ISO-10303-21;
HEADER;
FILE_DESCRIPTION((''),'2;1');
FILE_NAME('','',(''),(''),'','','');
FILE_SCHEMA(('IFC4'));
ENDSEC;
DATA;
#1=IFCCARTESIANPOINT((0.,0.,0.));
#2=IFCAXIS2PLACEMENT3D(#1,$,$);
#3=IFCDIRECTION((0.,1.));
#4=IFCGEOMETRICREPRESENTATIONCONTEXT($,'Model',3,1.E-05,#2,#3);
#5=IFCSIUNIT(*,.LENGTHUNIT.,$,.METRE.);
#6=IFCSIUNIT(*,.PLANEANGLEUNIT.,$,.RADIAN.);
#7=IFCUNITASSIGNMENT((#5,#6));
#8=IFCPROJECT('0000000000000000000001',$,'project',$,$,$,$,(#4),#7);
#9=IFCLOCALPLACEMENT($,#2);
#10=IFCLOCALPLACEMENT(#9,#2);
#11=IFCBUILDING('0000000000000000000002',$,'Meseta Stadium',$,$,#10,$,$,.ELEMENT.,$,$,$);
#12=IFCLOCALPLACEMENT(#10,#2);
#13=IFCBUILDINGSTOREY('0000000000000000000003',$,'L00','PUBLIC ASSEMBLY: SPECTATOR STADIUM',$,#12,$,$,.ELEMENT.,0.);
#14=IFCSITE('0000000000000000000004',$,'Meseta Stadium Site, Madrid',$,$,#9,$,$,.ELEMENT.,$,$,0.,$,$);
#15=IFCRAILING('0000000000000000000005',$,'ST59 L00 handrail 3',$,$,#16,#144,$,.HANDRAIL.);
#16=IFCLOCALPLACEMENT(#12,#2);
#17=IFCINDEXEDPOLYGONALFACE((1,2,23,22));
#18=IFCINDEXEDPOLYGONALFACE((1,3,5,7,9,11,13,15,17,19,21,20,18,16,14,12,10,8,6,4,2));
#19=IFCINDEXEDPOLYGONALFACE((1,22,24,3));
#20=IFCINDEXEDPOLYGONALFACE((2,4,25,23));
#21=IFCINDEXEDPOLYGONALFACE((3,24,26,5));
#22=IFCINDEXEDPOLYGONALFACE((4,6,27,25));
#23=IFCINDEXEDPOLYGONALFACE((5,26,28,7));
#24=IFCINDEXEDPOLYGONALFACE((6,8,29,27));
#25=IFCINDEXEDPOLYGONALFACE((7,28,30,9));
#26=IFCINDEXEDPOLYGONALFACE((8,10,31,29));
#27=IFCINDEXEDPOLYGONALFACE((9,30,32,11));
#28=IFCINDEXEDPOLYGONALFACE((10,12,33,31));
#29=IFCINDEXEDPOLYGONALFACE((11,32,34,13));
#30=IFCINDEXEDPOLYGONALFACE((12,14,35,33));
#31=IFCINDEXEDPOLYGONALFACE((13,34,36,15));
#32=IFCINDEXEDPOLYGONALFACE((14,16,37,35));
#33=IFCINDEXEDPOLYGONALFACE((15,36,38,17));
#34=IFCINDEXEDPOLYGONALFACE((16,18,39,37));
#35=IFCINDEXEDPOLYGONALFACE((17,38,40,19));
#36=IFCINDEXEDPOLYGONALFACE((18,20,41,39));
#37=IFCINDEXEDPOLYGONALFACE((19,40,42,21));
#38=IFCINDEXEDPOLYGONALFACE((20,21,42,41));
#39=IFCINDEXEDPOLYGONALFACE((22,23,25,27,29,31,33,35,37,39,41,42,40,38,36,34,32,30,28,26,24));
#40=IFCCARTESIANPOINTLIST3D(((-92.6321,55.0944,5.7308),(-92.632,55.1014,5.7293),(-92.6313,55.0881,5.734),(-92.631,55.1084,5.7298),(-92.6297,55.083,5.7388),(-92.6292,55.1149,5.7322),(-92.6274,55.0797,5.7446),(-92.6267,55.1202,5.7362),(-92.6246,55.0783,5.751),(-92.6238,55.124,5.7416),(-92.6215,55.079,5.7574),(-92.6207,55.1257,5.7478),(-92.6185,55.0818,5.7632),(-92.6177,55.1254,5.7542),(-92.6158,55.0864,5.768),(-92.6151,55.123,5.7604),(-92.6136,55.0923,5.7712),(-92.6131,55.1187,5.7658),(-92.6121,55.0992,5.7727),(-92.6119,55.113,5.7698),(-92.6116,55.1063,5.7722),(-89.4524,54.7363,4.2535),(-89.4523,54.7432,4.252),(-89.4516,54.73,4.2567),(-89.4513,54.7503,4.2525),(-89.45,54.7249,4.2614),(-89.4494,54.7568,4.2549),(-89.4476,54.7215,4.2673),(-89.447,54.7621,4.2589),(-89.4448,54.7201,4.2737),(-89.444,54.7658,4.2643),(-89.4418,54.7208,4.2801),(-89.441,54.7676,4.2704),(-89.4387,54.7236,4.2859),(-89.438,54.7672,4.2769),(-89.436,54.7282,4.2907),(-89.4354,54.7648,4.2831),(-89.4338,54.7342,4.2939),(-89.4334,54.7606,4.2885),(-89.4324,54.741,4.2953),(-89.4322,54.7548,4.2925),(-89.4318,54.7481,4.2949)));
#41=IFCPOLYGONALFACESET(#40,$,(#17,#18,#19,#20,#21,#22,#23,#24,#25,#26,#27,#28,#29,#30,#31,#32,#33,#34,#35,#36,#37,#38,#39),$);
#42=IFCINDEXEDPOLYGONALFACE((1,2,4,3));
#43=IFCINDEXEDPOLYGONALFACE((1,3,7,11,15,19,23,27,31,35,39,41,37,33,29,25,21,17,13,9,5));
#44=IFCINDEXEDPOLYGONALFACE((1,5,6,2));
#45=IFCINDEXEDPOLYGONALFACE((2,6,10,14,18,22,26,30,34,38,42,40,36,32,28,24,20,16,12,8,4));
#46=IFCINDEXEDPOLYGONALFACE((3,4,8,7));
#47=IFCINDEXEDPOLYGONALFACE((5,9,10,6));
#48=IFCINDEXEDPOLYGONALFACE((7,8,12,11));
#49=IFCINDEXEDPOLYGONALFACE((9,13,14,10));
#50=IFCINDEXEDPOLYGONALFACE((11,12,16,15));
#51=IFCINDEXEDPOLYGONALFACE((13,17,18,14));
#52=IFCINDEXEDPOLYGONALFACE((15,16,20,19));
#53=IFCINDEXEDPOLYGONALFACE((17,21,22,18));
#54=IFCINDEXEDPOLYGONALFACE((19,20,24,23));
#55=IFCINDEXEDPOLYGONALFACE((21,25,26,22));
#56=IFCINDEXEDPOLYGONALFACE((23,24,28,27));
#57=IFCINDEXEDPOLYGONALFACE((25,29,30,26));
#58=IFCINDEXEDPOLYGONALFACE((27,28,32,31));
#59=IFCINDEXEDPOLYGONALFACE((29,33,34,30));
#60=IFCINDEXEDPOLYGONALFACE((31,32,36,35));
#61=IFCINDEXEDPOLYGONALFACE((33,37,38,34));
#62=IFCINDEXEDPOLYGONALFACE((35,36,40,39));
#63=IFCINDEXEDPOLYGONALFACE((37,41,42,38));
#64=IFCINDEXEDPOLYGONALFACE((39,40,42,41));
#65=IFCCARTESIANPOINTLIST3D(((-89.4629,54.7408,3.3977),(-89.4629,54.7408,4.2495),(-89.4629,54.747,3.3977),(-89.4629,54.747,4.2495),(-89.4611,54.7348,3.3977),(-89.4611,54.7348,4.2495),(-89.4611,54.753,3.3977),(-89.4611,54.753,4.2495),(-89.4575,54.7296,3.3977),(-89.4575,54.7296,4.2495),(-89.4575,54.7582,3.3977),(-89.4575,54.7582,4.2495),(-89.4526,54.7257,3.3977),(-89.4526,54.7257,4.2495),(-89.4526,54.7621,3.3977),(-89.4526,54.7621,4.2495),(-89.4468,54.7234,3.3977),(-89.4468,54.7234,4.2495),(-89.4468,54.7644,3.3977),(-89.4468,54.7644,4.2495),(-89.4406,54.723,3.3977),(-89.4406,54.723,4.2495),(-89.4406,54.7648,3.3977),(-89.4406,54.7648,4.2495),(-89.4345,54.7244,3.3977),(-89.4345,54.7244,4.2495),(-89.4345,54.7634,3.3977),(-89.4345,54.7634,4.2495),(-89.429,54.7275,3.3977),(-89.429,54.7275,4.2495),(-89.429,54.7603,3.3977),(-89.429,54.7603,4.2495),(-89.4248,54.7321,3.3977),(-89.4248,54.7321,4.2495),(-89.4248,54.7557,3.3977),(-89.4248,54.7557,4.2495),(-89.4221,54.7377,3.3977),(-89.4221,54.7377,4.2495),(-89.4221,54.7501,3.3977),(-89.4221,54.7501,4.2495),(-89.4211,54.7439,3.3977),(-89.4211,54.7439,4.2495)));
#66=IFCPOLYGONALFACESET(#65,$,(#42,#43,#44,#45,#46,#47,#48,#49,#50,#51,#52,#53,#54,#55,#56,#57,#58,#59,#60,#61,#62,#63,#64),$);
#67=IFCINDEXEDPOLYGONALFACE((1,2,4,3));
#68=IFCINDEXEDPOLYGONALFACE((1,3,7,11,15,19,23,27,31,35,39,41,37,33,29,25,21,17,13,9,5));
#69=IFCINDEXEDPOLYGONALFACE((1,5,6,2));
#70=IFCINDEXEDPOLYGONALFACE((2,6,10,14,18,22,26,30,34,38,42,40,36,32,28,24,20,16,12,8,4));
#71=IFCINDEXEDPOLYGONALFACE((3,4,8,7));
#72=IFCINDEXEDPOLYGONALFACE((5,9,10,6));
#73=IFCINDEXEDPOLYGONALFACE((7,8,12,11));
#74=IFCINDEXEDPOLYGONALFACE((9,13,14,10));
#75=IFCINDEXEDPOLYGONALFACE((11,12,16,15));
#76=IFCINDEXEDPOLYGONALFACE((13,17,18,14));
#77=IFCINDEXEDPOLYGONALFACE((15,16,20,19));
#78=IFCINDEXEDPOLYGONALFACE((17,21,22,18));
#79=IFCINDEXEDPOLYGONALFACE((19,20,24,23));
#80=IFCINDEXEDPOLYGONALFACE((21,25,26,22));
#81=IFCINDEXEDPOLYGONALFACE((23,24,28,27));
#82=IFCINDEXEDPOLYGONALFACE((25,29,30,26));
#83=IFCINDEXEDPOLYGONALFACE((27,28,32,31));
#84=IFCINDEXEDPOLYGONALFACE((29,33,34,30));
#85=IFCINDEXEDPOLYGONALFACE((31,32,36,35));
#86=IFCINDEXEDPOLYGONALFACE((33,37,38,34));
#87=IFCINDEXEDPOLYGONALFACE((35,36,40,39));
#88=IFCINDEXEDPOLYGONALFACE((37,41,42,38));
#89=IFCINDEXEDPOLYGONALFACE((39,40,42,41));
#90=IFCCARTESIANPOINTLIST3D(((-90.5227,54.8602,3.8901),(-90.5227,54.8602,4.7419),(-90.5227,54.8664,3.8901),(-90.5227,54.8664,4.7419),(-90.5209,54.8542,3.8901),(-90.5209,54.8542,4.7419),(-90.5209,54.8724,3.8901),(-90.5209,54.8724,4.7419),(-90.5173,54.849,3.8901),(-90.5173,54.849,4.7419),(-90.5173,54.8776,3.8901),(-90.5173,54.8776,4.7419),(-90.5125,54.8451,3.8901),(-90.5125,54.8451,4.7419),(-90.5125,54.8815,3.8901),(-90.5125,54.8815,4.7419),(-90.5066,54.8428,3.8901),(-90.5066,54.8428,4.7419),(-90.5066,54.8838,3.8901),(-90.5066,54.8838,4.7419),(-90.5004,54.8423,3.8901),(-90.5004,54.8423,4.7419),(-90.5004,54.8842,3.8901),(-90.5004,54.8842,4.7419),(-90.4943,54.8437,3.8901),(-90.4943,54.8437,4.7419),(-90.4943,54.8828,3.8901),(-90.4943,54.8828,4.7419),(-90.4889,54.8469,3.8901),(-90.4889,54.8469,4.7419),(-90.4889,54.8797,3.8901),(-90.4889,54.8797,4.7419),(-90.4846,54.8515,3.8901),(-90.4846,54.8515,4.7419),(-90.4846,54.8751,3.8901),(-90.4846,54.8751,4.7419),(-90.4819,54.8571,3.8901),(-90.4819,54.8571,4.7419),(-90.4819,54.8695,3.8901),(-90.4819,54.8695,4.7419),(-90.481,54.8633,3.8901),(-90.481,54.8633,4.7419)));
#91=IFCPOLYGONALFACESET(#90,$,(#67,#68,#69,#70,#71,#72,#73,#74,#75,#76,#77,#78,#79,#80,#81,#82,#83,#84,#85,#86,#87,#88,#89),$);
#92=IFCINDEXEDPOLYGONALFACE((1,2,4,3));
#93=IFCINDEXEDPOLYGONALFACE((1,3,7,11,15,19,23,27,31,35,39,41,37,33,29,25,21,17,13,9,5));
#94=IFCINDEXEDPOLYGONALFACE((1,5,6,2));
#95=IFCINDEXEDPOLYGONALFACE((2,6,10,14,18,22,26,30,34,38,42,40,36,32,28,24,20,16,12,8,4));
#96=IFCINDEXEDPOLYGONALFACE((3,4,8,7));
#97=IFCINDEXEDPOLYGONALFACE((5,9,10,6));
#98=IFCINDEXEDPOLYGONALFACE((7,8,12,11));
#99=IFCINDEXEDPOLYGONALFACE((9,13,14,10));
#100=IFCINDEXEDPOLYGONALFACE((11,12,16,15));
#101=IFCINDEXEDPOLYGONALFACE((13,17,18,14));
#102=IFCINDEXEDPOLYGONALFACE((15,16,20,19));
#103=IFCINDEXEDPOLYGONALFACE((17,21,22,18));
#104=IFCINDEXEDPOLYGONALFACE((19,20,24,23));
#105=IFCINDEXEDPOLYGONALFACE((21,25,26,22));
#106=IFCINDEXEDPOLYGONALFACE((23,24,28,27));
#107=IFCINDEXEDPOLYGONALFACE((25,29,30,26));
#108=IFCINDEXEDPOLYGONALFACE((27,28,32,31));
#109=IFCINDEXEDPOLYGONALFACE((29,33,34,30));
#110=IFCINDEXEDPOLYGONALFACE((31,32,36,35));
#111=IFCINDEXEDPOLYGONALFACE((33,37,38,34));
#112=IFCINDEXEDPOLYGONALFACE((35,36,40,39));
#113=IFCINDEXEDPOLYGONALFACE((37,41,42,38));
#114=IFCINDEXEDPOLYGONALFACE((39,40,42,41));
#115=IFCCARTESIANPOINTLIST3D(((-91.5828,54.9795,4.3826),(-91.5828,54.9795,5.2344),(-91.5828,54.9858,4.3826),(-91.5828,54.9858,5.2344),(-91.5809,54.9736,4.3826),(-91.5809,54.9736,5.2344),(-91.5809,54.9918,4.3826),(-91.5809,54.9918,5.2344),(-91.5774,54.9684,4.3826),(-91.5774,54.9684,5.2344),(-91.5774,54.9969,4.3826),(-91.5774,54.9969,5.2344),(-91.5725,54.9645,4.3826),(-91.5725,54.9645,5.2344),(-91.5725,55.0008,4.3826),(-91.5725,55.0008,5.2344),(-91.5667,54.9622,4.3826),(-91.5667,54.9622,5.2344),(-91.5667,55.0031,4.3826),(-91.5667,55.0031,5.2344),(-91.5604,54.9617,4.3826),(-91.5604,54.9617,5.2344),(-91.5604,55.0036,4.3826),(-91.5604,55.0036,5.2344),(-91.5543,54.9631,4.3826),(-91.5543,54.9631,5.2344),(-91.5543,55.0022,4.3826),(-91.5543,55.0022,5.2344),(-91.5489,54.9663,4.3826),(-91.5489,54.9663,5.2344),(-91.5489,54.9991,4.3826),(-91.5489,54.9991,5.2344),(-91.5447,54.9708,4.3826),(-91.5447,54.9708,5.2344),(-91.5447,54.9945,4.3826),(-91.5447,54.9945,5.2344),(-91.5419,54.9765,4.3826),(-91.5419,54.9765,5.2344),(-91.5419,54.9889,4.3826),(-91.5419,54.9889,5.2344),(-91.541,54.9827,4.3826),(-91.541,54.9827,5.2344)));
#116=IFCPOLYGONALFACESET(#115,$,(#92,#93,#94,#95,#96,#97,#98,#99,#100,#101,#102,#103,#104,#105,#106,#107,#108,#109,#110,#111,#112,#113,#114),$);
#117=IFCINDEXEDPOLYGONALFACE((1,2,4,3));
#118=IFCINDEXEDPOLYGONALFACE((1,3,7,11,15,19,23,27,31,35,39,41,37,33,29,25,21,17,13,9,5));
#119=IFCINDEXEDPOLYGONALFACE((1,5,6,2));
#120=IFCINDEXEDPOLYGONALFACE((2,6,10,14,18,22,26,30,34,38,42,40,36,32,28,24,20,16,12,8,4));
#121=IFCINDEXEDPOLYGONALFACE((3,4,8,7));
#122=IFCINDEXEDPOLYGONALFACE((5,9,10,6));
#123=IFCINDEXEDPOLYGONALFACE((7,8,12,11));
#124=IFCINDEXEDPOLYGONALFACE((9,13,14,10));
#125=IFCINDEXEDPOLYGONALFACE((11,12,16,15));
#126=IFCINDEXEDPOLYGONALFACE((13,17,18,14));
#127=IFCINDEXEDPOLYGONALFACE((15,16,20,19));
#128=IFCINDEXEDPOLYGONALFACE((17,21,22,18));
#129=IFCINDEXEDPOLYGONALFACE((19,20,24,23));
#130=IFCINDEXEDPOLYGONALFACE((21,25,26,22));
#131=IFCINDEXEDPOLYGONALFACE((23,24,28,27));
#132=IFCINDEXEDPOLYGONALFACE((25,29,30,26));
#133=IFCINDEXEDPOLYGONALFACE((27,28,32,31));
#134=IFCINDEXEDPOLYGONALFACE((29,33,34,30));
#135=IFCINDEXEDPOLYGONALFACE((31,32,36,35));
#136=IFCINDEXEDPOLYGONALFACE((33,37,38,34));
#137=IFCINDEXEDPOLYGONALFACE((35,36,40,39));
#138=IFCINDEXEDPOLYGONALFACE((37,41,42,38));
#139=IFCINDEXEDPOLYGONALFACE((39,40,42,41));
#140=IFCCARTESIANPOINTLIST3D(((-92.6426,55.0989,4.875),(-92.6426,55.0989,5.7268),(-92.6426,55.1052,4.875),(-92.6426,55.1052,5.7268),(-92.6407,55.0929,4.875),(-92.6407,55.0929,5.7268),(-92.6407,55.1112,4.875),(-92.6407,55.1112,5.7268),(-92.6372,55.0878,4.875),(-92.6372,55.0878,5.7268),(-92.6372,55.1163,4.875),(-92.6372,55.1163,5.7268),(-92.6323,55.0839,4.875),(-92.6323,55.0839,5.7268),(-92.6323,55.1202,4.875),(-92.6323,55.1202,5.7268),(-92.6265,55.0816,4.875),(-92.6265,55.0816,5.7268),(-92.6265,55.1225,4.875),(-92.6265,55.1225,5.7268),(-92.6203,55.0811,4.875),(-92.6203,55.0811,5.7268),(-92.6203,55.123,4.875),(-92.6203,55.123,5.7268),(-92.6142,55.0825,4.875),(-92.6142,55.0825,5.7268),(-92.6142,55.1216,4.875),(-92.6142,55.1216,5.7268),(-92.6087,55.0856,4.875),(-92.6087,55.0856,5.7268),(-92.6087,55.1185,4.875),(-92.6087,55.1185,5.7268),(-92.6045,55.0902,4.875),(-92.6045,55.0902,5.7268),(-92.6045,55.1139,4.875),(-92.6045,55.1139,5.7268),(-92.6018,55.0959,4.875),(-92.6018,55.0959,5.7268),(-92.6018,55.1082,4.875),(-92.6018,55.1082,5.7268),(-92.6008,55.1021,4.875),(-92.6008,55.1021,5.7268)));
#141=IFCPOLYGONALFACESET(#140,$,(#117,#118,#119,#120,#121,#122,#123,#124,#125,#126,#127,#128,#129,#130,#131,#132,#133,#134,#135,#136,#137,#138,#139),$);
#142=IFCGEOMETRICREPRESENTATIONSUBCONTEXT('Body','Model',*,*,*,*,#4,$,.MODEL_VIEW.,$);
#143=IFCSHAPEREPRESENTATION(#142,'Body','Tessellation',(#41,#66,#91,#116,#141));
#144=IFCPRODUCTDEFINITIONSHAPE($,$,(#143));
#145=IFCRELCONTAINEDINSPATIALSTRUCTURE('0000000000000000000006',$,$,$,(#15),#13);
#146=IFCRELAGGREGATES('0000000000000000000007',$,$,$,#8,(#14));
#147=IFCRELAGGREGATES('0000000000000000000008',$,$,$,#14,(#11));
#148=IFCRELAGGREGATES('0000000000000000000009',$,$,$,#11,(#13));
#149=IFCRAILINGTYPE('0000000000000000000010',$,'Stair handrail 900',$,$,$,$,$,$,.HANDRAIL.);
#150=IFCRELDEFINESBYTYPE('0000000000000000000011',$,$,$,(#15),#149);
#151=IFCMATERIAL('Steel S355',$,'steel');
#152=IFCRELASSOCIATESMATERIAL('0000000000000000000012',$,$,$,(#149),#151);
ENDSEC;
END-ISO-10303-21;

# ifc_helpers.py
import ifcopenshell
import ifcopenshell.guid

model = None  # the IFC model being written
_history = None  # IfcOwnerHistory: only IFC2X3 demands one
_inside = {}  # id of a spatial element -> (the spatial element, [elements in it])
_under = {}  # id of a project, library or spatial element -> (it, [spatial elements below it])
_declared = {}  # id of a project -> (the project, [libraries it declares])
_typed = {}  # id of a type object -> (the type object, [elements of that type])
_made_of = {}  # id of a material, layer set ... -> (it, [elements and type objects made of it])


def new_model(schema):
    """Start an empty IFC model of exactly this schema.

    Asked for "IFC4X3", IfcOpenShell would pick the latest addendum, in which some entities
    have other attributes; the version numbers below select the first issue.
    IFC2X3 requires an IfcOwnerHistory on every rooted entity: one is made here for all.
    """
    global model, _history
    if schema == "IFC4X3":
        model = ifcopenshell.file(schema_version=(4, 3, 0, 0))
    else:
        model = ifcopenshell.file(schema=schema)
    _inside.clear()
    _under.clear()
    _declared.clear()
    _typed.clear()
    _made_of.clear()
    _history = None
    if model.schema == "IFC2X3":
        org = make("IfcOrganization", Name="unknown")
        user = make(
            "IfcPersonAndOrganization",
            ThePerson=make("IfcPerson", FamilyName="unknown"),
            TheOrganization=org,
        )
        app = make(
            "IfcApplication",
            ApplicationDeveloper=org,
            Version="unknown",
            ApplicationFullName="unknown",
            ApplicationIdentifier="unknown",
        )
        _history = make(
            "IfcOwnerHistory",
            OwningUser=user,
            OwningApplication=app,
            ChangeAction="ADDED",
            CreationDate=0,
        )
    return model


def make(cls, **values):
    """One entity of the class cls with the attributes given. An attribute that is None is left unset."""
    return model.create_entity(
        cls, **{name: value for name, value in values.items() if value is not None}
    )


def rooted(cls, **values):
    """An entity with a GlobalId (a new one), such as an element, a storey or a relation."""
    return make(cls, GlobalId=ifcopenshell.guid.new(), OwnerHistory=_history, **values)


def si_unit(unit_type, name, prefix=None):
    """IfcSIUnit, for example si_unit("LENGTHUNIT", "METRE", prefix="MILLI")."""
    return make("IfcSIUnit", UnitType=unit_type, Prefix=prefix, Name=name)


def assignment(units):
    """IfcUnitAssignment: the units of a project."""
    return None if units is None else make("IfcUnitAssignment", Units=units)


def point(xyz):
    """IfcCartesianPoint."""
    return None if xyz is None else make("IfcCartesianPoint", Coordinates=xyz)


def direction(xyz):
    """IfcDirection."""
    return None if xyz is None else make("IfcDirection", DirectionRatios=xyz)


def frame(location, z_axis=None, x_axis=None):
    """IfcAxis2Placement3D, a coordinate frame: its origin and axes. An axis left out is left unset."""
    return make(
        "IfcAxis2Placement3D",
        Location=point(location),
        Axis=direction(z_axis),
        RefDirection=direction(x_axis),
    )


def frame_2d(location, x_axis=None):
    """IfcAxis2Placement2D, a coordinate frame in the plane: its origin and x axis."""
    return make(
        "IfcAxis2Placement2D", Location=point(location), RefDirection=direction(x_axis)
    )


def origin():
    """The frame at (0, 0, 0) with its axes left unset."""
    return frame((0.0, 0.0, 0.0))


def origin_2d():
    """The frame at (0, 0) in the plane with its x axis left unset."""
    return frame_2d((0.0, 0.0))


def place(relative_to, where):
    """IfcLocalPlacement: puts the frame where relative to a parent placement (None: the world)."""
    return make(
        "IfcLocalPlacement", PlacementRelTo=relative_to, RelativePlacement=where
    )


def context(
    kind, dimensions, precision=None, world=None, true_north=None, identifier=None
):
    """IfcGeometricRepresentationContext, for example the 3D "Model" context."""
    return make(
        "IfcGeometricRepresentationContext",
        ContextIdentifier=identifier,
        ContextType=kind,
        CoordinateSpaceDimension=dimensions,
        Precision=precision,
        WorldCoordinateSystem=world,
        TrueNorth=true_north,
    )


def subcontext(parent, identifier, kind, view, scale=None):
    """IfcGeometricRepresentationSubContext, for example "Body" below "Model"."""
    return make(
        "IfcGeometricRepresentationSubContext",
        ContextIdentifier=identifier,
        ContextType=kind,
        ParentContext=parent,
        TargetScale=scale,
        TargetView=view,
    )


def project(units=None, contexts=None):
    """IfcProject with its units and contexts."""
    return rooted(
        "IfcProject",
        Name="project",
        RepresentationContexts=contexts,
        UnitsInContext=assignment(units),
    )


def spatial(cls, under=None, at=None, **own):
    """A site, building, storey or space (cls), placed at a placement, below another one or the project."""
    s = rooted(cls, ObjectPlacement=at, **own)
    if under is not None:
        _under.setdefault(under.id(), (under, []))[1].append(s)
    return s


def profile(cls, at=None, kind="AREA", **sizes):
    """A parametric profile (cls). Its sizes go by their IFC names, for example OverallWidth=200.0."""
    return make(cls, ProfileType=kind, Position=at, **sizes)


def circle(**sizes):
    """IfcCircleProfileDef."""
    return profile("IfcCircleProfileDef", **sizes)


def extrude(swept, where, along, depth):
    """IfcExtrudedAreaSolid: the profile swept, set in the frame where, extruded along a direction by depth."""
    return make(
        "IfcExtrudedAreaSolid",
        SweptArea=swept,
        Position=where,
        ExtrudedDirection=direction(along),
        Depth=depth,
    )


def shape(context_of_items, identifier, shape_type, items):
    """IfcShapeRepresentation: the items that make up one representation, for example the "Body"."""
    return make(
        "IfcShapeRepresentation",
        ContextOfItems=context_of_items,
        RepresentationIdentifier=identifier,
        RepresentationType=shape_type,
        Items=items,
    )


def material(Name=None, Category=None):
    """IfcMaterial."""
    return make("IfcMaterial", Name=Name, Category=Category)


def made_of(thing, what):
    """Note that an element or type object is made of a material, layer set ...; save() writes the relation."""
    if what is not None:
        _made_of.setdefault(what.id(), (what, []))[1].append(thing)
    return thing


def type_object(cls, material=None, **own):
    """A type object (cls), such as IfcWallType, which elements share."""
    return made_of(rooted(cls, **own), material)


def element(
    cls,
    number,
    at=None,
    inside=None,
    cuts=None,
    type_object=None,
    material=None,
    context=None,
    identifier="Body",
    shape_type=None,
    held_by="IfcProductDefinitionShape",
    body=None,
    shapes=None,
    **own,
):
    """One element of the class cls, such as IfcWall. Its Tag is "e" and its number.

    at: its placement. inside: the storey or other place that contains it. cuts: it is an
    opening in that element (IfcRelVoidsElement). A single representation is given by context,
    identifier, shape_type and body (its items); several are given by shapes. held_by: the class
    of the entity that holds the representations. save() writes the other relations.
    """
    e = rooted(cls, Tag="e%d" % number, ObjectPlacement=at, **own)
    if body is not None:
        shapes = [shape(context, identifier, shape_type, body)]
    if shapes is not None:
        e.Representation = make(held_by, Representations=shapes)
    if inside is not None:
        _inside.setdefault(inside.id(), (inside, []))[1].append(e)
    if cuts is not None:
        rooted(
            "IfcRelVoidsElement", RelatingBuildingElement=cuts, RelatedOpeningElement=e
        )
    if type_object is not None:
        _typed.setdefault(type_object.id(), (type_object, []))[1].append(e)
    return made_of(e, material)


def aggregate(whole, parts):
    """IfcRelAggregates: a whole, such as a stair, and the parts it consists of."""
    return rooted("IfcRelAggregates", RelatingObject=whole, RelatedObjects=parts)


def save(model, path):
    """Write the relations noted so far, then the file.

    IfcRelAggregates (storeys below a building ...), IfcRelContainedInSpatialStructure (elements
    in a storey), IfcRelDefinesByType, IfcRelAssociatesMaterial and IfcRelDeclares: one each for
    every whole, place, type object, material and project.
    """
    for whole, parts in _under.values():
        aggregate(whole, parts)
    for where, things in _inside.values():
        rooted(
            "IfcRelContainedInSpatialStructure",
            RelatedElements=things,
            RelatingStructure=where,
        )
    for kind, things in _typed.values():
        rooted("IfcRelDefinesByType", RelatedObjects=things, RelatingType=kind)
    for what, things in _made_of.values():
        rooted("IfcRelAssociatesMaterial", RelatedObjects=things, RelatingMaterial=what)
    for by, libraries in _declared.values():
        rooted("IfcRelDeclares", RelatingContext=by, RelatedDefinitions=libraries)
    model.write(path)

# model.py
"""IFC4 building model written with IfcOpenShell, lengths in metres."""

from ifc_helpers import new_model, si_unit, direction, frame, origin, origin_2d, place, context, subcontext, project, spatial, circle, extrude, material, type_object, element, save


model = new_model("IFC4")

# Units and contexts
model_context = context("Model", 3, precision=1e-05, world=origin(), true_north=direction((0.0, 1.0)))
body_context = subcontext(model_context, "Body", "Model", "MODEL_VIEW")
ifc_project = project(units=[si_unit("LENGTHUNIT", "METRE"), si_unit("PLANEANGLEUNIT", "RADIAN")], contexts=[model_context])

# Site, building, storey
site_placement = place(None, origin())
site = spatial("IfcSite", under=ifc_project, at=site_placement, Name="Meseta Stadium Site, Madrid", CompositionType="ELEMENT", RefElevation=0.0)
building_placement = place(site_placement, origin())
building = spatial("IfcBuilding", under=site, at=building_placement, Name="Meseta Stadium", CompositionType="ELEMENT")
storey_placement = place(building_placement, origin())
storey = spatial("IfcBuildingStorey", under=building, at=storey_placement, Name="L00", Description="PUBLIC ASSEMBLY: SPECTATOR STADIUM", CompositionType="ELEMENT", Elevation=0.0)

# Railing
ifc_material_1 = material(Name="Steel S355", Category="steel")
railing_type_1 = type_object("IfcRailingType", Name="Stair handrail 900", PredefinedType="HANDRAIL", material=ifc_material_1)
for number, where, name in (
    (1, (-89.4421, 54.7439, 3.3977), "ST59 L00 handrail 3"),
):
    element("IfcRailing", number, at=place(storey_placement, frame(where)), inside=storey, type_object=railing_type_1, Name=name, PredefinedType="HANDRAIL", context=body_context, shape_type="SweptSolid", body=[
        extrude(circle(Radius=0.0239, at=origin_2d()), frame((0.0, 0.0, 0.876), z_axis=(-0.902204, 0.101623, 0.419167), x_axis=(-0.11193, -0.993716, 0.0)), (0.0, 0.0, 1.0), 3.5244),
        extrude(circle(Radius=0.021, at=origin_2d()), origin(), (0.0, 0.0, 1.0), 0.8518),
        extrude(circle(Radius=0.021, at=origin_2d()), frame((-1.0598, 0.1194, 0.4924)), (0.0, 0.0, 1.0), 0.8518),
        extrude(circle(Radius=0.021, at=origin_2d()), frame((-2.1199, 0.2388, 0.9849)), (0.0, 0.0, 1.0), 0.8518),
        extrude(circle(Radius=0.021, at=origin_2d()), frame((-3.1797, 0.3582, 1.4773)), (0.0, 0.0, 1.0), 0.8518),
    ])

save(model, "model.ifc")
